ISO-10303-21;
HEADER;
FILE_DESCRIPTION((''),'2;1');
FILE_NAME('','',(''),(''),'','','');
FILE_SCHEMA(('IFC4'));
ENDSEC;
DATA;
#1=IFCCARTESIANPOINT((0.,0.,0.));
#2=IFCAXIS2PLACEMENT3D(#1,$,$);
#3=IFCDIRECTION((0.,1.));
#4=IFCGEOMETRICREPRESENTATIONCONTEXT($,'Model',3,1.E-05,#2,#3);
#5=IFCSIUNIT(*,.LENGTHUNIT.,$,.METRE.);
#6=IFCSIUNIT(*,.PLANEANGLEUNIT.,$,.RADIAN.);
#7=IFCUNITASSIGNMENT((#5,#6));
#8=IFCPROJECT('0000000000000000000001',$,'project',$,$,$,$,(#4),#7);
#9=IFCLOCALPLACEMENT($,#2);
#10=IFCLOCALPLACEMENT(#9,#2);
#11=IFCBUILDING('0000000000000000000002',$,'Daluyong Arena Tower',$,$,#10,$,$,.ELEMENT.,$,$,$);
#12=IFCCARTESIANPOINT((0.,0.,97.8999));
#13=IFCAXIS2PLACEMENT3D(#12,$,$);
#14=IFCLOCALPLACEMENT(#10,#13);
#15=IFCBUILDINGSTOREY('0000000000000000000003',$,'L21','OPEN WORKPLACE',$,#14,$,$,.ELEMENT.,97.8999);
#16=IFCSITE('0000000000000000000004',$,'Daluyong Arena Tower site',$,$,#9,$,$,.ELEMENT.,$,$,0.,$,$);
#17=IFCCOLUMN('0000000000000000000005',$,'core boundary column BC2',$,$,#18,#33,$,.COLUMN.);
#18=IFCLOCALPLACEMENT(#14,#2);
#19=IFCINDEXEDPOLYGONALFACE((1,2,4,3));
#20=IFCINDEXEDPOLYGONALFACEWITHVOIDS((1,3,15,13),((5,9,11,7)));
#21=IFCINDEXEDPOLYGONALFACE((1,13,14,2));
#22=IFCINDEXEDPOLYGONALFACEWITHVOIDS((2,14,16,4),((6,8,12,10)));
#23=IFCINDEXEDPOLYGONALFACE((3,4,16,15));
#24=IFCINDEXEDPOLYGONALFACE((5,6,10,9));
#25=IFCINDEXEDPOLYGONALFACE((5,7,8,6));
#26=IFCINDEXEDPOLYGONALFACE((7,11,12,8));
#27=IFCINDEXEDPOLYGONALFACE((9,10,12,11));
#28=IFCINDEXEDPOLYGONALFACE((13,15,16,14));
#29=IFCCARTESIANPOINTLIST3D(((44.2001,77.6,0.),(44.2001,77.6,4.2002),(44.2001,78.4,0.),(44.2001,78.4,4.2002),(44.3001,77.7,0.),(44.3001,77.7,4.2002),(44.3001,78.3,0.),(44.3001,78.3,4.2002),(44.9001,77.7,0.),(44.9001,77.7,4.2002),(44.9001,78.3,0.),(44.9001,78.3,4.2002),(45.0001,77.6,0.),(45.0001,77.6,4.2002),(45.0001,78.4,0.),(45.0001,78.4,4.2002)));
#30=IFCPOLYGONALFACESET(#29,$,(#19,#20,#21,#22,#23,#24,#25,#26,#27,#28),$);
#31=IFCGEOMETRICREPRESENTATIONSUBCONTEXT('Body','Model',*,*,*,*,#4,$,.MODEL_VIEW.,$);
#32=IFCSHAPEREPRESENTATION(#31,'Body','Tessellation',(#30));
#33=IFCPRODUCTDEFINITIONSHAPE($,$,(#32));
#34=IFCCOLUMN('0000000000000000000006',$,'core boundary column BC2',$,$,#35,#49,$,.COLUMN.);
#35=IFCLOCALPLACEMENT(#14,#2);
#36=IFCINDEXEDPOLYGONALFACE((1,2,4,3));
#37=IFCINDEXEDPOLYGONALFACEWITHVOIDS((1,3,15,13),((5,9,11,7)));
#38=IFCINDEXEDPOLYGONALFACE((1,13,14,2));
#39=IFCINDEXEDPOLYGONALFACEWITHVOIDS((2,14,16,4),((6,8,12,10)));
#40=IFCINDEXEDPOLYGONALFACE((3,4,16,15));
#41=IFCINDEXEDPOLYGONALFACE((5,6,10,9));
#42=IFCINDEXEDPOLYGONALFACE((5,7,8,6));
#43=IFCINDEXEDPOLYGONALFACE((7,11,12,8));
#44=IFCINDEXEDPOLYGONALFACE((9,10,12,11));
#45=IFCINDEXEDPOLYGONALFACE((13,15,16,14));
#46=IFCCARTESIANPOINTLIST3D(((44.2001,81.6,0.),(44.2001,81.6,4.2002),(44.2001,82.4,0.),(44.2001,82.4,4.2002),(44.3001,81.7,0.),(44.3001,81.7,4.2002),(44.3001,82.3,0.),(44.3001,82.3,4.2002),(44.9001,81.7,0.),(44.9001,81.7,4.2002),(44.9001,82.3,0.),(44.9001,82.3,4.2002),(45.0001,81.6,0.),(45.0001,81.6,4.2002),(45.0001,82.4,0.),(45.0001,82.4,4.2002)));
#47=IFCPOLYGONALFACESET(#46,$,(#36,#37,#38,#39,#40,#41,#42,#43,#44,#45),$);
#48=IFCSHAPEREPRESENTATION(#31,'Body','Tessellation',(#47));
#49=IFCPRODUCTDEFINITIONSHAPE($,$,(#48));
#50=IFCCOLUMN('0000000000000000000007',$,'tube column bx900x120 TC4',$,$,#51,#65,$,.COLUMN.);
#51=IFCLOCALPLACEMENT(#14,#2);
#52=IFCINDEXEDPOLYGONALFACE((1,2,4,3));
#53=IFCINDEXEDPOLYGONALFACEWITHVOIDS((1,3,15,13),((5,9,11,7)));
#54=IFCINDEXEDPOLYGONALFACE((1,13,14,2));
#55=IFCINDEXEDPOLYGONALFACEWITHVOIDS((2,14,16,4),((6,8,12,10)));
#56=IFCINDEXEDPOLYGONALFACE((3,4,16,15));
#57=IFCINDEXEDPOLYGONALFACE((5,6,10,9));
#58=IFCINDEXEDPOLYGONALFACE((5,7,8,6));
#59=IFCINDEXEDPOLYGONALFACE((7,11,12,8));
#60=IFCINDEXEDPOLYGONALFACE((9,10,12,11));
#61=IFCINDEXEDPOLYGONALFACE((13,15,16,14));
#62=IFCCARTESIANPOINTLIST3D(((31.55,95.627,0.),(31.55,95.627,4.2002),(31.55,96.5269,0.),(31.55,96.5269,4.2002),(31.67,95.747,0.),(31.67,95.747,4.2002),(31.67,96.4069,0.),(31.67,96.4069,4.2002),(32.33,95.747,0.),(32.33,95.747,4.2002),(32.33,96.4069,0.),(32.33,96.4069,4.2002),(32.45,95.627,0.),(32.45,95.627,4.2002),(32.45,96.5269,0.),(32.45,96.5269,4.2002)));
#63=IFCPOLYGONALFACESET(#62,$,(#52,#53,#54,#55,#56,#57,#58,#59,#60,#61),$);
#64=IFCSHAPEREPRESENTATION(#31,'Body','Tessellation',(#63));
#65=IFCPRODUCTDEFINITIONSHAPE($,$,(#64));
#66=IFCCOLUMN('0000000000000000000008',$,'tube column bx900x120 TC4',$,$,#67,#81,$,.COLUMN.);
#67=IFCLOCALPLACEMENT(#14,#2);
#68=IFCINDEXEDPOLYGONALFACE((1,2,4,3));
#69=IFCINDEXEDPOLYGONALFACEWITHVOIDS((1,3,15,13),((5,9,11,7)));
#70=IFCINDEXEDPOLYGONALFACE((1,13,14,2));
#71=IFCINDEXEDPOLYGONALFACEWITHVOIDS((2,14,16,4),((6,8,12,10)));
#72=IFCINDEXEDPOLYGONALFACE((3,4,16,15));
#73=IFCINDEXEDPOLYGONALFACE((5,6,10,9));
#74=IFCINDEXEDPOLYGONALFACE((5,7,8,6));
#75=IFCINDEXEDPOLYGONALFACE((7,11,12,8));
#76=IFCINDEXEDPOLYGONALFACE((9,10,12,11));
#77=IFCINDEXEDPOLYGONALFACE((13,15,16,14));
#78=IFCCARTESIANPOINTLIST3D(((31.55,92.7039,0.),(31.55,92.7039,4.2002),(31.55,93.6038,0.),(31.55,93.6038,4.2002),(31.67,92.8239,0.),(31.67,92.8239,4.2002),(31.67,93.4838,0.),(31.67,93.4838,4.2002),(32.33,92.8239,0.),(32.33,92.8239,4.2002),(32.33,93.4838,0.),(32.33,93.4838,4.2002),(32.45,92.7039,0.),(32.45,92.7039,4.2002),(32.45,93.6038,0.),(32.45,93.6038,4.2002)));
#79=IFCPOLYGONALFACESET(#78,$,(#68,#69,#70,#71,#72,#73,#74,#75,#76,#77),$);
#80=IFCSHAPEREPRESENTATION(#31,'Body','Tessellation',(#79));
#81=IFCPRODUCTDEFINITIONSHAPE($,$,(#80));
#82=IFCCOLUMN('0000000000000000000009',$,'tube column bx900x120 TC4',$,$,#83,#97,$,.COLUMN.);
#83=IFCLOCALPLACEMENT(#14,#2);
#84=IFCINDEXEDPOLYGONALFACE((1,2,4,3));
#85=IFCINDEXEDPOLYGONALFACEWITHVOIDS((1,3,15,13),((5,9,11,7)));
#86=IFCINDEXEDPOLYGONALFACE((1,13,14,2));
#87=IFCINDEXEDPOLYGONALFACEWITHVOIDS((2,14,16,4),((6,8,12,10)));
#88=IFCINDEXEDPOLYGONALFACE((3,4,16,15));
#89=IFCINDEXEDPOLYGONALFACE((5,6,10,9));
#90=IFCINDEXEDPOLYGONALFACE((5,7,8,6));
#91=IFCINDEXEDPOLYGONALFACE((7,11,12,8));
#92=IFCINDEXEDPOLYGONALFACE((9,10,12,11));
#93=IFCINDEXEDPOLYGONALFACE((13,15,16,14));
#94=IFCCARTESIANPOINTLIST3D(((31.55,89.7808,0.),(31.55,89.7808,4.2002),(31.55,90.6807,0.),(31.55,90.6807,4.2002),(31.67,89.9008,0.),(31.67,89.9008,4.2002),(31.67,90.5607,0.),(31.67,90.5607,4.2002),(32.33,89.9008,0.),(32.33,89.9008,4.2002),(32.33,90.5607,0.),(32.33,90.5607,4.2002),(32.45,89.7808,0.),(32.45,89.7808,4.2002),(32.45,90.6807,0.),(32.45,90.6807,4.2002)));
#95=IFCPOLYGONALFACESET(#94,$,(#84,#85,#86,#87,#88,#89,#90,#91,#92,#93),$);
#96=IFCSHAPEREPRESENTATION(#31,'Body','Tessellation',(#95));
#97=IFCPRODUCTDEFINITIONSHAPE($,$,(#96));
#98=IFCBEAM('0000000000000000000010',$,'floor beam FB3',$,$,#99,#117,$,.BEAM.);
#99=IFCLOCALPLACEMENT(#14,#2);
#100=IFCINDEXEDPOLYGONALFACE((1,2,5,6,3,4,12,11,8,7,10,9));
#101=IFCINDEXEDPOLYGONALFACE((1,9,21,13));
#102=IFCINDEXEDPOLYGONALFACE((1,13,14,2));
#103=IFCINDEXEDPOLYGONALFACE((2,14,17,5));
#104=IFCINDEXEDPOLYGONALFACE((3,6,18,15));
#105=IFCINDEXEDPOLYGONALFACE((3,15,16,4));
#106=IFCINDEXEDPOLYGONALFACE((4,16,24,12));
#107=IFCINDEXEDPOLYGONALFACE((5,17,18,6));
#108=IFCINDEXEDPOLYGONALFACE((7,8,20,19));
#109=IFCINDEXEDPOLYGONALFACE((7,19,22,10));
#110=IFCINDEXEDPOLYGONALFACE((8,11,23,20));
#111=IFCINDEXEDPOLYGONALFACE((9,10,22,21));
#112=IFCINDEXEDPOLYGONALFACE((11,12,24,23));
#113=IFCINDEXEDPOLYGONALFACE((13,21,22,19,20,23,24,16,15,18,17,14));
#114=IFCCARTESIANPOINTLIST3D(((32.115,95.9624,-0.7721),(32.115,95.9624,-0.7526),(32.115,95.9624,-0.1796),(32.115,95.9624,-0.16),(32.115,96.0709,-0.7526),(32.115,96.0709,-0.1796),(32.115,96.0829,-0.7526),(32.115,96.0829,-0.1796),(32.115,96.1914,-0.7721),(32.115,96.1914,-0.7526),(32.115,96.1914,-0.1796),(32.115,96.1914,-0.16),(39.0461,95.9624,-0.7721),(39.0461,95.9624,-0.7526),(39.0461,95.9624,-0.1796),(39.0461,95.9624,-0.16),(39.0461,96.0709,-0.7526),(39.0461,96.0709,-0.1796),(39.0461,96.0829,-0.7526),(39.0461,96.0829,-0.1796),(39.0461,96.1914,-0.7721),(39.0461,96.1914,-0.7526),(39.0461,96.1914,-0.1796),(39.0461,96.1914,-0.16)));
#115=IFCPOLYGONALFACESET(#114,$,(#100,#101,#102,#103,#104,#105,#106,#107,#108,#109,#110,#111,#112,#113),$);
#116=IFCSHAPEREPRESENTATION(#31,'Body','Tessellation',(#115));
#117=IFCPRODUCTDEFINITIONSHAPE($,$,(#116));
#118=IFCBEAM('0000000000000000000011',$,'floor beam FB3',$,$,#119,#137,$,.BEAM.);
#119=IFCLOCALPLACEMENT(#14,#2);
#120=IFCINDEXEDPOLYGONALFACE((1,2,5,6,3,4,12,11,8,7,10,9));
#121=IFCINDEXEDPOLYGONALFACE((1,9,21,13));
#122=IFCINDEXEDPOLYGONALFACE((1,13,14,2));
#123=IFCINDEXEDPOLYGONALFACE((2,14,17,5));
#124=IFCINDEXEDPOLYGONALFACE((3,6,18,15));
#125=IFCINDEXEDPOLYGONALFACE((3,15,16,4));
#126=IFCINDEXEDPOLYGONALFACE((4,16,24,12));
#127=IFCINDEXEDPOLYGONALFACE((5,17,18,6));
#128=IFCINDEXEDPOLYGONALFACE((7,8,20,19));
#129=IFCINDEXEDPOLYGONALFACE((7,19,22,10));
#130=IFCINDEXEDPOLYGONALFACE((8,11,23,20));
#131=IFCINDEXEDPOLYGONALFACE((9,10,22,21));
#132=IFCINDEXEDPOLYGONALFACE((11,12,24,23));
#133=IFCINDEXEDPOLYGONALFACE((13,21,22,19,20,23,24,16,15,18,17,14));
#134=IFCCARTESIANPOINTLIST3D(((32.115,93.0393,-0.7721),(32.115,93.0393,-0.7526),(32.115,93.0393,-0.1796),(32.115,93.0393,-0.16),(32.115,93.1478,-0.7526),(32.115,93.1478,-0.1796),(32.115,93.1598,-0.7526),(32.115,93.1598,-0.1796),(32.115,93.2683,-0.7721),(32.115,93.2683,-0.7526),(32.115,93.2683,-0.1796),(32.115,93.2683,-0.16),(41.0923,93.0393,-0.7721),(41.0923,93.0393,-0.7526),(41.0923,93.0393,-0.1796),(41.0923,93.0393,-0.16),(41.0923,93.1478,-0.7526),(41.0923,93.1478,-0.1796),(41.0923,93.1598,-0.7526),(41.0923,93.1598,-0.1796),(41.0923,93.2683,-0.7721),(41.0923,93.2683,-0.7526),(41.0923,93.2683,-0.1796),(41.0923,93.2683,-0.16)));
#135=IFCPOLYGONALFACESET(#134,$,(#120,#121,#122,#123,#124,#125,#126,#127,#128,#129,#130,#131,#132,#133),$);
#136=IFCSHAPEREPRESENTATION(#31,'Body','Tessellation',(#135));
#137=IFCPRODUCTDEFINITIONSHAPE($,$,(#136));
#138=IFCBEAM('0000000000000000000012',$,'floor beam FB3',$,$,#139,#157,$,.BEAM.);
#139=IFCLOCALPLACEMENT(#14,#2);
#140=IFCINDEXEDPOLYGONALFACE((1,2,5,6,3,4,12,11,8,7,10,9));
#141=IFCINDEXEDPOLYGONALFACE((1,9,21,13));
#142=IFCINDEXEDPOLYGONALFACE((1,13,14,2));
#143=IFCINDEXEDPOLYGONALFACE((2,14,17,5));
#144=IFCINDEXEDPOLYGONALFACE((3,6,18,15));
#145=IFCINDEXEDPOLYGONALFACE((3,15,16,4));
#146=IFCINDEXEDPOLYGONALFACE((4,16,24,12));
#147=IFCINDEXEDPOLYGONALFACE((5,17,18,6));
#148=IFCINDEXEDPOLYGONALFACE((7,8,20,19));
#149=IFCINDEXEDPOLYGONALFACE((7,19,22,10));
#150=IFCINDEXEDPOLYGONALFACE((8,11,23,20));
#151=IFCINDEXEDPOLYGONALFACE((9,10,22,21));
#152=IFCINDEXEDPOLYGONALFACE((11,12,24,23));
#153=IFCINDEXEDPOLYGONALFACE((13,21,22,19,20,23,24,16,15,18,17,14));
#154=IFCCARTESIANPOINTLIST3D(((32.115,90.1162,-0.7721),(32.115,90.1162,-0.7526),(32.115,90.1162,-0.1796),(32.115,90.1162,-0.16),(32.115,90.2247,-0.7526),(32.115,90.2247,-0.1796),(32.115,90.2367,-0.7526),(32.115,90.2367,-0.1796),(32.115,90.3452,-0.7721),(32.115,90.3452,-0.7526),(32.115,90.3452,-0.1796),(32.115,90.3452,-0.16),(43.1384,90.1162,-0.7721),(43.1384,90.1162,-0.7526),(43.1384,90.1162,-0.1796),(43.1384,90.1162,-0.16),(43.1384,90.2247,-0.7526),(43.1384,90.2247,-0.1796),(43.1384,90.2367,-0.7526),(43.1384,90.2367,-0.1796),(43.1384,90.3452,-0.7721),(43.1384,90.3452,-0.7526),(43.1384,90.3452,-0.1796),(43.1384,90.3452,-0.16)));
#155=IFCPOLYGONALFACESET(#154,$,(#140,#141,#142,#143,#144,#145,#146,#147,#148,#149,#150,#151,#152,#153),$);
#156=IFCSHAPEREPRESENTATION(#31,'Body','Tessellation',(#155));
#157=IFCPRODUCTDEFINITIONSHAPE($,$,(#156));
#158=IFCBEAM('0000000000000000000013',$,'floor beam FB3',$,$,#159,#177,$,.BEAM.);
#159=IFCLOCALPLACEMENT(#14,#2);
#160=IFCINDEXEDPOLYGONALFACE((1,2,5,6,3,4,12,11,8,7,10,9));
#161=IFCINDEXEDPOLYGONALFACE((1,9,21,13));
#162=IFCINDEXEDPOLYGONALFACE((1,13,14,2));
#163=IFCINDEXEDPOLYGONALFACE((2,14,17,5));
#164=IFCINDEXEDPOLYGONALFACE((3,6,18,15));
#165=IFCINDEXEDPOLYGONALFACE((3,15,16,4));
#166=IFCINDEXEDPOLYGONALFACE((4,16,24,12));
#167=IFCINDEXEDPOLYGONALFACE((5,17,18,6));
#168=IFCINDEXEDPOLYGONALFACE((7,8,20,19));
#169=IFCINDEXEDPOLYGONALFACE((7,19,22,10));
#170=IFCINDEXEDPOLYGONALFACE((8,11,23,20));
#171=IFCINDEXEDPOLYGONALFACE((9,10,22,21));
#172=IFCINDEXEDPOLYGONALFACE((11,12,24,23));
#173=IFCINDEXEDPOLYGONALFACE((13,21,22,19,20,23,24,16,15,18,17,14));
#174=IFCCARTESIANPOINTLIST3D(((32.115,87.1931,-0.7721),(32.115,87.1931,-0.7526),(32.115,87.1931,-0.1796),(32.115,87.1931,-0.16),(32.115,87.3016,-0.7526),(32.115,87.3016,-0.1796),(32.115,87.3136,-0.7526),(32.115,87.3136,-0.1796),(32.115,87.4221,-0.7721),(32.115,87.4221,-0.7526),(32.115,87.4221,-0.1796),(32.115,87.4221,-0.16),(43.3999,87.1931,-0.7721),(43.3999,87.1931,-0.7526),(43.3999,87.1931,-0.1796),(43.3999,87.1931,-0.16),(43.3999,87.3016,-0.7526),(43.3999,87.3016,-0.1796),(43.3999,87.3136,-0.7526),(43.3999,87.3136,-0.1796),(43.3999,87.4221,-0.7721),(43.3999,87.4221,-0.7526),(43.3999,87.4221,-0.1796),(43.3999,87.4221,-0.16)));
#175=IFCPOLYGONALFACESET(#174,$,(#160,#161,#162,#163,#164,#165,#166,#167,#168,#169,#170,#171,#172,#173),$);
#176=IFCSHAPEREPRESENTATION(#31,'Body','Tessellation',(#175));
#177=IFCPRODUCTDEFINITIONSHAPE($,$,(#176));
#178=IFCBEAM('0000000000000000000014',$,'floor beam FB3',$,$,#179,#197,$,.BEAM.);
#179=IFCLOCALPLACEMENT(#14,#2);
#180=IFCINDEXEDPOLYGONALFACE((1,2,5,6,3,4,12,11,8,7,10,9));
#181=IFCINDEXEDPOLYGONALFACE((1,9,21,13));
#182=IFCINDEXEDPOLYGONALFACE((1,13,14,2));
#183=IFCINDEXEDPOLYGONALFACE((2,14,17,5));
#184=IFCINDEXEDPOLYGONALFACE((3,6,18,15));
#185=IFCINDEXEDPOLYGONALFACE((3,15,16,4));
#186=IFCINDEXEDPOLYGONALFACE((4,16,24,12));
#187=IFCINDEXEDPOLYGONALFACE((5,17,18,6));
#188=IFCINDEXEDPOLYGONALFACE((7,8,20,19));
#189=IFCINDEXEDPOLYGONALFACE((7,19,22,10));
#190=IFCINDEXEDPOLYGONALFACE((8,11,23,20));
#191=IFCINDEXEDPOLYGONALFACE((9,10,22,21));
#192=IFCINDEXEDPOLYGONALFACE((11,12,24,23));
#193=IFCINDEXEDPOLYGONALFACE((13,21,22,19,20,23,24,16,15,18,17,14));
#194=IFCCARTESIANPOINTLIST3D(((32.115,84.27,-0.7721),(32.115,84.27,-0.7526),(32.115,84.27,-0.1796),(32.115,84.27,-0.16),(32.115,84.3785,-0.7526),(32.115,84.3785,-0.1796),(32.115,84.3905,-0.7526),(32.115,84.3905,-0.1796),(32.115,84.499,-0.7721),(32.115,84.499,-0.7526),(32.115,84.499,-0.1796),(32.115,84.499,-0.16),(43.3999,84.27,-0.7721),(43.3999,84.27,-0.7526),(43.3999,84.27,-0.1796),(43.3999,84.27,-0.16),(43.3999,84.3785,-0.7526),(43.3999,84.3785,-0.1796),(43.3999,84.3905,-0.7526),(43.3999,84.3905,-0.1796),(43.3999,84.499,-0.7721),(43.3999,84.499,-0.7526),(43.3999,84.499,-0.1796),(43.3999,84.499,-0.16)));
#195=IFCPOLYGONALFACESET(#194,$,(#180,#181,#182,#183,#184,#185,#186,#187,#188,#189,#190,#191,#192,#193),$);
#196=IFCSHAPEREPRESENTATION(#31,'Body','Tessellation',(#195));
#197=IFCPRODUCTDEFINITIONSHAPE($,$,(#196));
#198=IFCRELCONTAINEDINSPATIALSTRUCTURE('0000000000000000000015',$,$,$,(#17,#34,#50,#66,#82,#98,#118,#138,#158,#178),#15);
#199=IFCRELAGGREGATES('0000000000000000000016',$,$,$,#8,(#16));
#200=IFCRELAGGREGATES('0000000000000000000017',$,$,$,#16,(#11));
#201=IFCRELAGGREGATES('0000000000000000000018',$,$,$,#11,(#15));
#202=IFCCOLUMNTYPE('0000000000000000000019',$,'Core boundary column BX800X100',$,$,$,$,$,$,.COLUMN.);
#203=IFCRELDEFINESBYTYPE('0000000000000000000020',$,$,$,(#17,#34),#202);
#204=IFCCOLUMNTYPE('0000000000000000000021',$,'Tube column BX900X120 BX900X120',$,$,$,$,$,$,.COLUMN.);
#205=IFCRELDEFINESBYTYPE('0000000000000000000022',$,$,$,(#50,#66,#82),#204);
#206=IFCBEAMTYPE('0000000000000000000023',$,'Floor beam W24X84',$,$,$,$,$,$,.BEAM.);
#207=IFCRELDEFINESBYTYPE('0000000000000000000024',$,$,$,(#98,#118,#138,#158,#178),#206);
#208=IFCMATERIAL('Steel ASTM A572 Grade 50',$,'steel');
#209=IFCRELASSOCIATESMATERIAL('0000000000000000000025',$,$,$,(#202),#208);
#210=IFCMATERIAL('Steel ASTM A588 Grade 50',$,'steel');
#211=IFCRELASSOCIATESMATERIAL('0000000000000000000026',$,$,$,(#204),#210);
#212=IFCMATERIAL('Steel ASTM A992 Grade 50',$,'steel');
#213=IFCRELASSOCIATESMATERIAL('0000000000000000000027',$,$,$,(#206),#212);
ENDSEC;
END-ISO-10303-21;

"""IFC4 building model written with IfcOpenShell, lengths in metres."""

from ifc_helpers import new_model, si_unit, direction, frame, origin, origin_2d, place, context, subcontext, project, spatial, hollow_rectangle, i_section, extrude, material, material_profile, profile_set, type_object, element, save


model = new_model("IFC4")

# Units and contexts
model_context = context("Model", 3, precision=1e-05, world=origin(), true_north=direction((0.0, 1.0)))
body_context = subcontext(model_context, "Body", "Model", "MODEL_VIEW")
ifc_project = project(units=[si_unit("LENGTHUNIT", "METRE"), si_unit("PLANEANGLEUNIT", "RADIAN")], contexts=[model_context])

# Site, building, storey
site_placement = place(None, origin())
site = spatial("IfcSite", under=ifc_project, at=site_placement, Name="Daluyong Arena Tower site", CompositionType="ELEMENT", RefElevation=0.0)
building_placement = place(site_placement, origin())
building = spatial("IfcBuilding", under=site, at=building_placement, Name="Daluyong Arena Tower", CompositionType="ELEMENT")
storey_placement = place(building_placement, frame((0.0, 0.0, 97.8999)))
storey = spatial("IfcBuildingStorey", under=building, at=storey_placement, Name="L21", Description="OPEN WORKPLACE", CompositionType="ELEMENT", Elevation=97.8999)

# Columns
ifc_material_1 = material(Name="Steel ASTM A572 Grade 50", Category="steel")
ifc_material_profile_1 = material_profile(ifc_material_1, hollow_rectangle(XDim=0.8, YDim=0.8, WallThickness=0.1, at=origin_2d()))
ifc_profile_set_1 = profile_set([ifc_material_profile_1], Name="Steel ASTM A572 Grade 50")
column_type_1 = type_object("IfcColumnType", Name="Core boundary column BX800X100", PredefinedType="COLUMN", material=ifc_profile_set_1)
for number, where, z_axis, x_axis, name in (
    (1, (44.6001, 78.0, 0.0), (0.0, 0.0, 1.0), (1.0, 0.0, 0.0), "core boundary column BC2"),
    (2, (44.6001, 82.0, 0.0), (0.0, 0.0, 1.0), (1.0, 0.0, 0.0), "core boundary column BC2"),
):
    element("IfcColumn", number, at=place(storey_placement, frame(where, z_axis=z_axis, x_axis=x_axis)), inside=storey, type_object=column_type_1, Name=name, PredefinedType="COLUMN", context=body_context, shape_type="SweptSolid", body=[
        extrude(hollow_rectangle(XDim=0.8, YDim=0.8, WallThickness=0.1, at=origin_2d()), origin(), (0.0, 0.0, 1.0), 4.2002),
    ])
ifc_material_2 = material(Name="Steel ASTM A588 Grade 50", Category="steel")
ifc_material_profile_2 = material_profile(ifc_material_2, hollow_rectangle(XDim=0.8999, YDim=0.8999, WallThickness=0.12, at=origin_2d()))
ifc_profile_set_2 = profile_set([ifc_material_profile_2], Name="Steel ASTM A588 Grade 50")
column_type_2 = type_object("IfcColumnType", Name="Tube column BX900X120 BX900X120", PredefinedType="COLUMN", material=ifc_profile_set_2)
for number, where, z_axis, x_axis, name in (
    (3, (32.0, 96.0769, 0.0), (0.0, 0.0, 1.0), (0.0, 1.0, 0.0), "tube column bx900x120 TC4"),
    (4, (32.0, 93.1538, 0.0), (0.0, 0.0, 1.0), (0.0, 1.0, 0.0), "tube column bx900x120 TC4"),
    (5, (32.0, 90.2307, 0.0), (0.0, 0.0, 1.0), (0.0, 1.0, 0.0), "tube column bx900x120 TC4"),
):
    element("IfcColumn", number, at=place(storey_placement, frame(where, z_axis=z_axis, x_axis=x_axis)), inside=storey, type_object=column_type_2, Name=name, PredefinedType="COLUMN", context=body_context, shape_type="SweptSolid", body=[
        extrude(hollow_rectangle(XDim=0.8999, YDim=0.8999, WallThickness=0.12, at=origin_2d()), origin(), (0.0, 0.0, 1.0), 4.2002),
    ])

# Beams
ifc_material_3 = material(Name="Steel ASTM A992 Grade 50", Category="steel")
ifc_material_profile_3 = material_profile(ifc_material_3, i_section(OverallWidth=0.229, OverallDepth=0.6121, WebThickness=0.012, FlangeThickness=0.0195, at=origin_2d()))
ifc_profile_set_3 = profile_set([ifc_material_profile_3], Name="Steel ASTM A992 Grade 50")
beam_type_1 = type_object("IfcBeamType", Name="Floor beam W24X84", PredefinedType="BEAM", material=ifc_profile_set_3)
beam_1_placement = place(storey_placement, frame((32.115, 96.0769, -0.4661), z_axis=(1.0, 0.0, 0.0), x_axis=(0.0, 1.0, 0.0)))
element("IfcBeam", 6, at=beam_1_placement, inside=storey, type_object=beam_type_1, Name="floor beam FB3", PredefinedType="BEAM", context=body_context, shape_type="SweptSolid", body=[
    extrude(i_section(OverallWidth=0.229, OverallDepth=0.6121, WebThickness=0.012, FlangeThickness=0.0195, at=origin_2d()), origin(), (0.0, 0.0, 1.0), 6.9312),
])
beam_2_placement = place(storey_placement, frame((32.115, 93.1538, -0.4661), z_axis=(1.0, 0.0, 0.0), x_axis=(0.0, 1.0, 0.0)))
element("IfcBeam", 7, at=beam_2_placement, inside=storey, type_object=beam_type_1, Name="floor beam FB3", PredefinedType="BEAM", context=body_context, shape_type="SweptSolid", body=[
    extrude(i_section(OverallWidth=0.229, OverallDepth=0.6121, WebThickness=0.012, FlangeThickness=0.0195, at=origin_2d()), origin(), (0.0, 0.0, 1.0), 8.9773),
])
beam_3_placement = place(storey_placement, frame((32.115, 90.2307, -0.4661), z_axis=(1.0, 0.0, 0.0), x_axis=(0.0, 1.0, 0.0)))
element("IfcBeam", 8, at=beam_3_placement, inside=storey, type_object=beam_type_1, Name="floor beam FB3", PredefinedType="BEAM", context=body_context, shape_type="SweptSolid", body=[
    extrude(i_section(OverallWidth=0.229, OverallDepth=0.6121, WebThickness=0.012, FlangeThickness=0.0195, at=origin_2d()), origin(), (0.0, 0.0, 1.0), 11.0234),
])
for number, where, z_axis, x_axis, name in (
    (9, (32.115, 87.3076, -0.4661), (1.0, 0.0, 0.0), (0.0, 1.0, 0.0), "floor beam FB3"),
    (10, (32.115, 84.3845, -0.4661), (1.0, 0.0, 0.0), (0.0, 1.0, 0.0), "floor beam FB3"),
):
    element("IfcBeam", number, at=place(storey_placement, frame(where, z_axis=z_axis, x_axis=x_axis)), inside=storey, type_object=beam_type_1, Name=name, PredefinedType="BEAM", context=body_context, shape_type="SweptSolid", body=[
        extrude(i_section(OverallWidth=0.229, OverallDepth=0.6121, WebThickness=0.012, FlangeThickness=0.0195, at=origin_2d()), origin(), (0.0, 0.0, 1.0), 11.2849),
    ])

save(model, "model.ifc")
